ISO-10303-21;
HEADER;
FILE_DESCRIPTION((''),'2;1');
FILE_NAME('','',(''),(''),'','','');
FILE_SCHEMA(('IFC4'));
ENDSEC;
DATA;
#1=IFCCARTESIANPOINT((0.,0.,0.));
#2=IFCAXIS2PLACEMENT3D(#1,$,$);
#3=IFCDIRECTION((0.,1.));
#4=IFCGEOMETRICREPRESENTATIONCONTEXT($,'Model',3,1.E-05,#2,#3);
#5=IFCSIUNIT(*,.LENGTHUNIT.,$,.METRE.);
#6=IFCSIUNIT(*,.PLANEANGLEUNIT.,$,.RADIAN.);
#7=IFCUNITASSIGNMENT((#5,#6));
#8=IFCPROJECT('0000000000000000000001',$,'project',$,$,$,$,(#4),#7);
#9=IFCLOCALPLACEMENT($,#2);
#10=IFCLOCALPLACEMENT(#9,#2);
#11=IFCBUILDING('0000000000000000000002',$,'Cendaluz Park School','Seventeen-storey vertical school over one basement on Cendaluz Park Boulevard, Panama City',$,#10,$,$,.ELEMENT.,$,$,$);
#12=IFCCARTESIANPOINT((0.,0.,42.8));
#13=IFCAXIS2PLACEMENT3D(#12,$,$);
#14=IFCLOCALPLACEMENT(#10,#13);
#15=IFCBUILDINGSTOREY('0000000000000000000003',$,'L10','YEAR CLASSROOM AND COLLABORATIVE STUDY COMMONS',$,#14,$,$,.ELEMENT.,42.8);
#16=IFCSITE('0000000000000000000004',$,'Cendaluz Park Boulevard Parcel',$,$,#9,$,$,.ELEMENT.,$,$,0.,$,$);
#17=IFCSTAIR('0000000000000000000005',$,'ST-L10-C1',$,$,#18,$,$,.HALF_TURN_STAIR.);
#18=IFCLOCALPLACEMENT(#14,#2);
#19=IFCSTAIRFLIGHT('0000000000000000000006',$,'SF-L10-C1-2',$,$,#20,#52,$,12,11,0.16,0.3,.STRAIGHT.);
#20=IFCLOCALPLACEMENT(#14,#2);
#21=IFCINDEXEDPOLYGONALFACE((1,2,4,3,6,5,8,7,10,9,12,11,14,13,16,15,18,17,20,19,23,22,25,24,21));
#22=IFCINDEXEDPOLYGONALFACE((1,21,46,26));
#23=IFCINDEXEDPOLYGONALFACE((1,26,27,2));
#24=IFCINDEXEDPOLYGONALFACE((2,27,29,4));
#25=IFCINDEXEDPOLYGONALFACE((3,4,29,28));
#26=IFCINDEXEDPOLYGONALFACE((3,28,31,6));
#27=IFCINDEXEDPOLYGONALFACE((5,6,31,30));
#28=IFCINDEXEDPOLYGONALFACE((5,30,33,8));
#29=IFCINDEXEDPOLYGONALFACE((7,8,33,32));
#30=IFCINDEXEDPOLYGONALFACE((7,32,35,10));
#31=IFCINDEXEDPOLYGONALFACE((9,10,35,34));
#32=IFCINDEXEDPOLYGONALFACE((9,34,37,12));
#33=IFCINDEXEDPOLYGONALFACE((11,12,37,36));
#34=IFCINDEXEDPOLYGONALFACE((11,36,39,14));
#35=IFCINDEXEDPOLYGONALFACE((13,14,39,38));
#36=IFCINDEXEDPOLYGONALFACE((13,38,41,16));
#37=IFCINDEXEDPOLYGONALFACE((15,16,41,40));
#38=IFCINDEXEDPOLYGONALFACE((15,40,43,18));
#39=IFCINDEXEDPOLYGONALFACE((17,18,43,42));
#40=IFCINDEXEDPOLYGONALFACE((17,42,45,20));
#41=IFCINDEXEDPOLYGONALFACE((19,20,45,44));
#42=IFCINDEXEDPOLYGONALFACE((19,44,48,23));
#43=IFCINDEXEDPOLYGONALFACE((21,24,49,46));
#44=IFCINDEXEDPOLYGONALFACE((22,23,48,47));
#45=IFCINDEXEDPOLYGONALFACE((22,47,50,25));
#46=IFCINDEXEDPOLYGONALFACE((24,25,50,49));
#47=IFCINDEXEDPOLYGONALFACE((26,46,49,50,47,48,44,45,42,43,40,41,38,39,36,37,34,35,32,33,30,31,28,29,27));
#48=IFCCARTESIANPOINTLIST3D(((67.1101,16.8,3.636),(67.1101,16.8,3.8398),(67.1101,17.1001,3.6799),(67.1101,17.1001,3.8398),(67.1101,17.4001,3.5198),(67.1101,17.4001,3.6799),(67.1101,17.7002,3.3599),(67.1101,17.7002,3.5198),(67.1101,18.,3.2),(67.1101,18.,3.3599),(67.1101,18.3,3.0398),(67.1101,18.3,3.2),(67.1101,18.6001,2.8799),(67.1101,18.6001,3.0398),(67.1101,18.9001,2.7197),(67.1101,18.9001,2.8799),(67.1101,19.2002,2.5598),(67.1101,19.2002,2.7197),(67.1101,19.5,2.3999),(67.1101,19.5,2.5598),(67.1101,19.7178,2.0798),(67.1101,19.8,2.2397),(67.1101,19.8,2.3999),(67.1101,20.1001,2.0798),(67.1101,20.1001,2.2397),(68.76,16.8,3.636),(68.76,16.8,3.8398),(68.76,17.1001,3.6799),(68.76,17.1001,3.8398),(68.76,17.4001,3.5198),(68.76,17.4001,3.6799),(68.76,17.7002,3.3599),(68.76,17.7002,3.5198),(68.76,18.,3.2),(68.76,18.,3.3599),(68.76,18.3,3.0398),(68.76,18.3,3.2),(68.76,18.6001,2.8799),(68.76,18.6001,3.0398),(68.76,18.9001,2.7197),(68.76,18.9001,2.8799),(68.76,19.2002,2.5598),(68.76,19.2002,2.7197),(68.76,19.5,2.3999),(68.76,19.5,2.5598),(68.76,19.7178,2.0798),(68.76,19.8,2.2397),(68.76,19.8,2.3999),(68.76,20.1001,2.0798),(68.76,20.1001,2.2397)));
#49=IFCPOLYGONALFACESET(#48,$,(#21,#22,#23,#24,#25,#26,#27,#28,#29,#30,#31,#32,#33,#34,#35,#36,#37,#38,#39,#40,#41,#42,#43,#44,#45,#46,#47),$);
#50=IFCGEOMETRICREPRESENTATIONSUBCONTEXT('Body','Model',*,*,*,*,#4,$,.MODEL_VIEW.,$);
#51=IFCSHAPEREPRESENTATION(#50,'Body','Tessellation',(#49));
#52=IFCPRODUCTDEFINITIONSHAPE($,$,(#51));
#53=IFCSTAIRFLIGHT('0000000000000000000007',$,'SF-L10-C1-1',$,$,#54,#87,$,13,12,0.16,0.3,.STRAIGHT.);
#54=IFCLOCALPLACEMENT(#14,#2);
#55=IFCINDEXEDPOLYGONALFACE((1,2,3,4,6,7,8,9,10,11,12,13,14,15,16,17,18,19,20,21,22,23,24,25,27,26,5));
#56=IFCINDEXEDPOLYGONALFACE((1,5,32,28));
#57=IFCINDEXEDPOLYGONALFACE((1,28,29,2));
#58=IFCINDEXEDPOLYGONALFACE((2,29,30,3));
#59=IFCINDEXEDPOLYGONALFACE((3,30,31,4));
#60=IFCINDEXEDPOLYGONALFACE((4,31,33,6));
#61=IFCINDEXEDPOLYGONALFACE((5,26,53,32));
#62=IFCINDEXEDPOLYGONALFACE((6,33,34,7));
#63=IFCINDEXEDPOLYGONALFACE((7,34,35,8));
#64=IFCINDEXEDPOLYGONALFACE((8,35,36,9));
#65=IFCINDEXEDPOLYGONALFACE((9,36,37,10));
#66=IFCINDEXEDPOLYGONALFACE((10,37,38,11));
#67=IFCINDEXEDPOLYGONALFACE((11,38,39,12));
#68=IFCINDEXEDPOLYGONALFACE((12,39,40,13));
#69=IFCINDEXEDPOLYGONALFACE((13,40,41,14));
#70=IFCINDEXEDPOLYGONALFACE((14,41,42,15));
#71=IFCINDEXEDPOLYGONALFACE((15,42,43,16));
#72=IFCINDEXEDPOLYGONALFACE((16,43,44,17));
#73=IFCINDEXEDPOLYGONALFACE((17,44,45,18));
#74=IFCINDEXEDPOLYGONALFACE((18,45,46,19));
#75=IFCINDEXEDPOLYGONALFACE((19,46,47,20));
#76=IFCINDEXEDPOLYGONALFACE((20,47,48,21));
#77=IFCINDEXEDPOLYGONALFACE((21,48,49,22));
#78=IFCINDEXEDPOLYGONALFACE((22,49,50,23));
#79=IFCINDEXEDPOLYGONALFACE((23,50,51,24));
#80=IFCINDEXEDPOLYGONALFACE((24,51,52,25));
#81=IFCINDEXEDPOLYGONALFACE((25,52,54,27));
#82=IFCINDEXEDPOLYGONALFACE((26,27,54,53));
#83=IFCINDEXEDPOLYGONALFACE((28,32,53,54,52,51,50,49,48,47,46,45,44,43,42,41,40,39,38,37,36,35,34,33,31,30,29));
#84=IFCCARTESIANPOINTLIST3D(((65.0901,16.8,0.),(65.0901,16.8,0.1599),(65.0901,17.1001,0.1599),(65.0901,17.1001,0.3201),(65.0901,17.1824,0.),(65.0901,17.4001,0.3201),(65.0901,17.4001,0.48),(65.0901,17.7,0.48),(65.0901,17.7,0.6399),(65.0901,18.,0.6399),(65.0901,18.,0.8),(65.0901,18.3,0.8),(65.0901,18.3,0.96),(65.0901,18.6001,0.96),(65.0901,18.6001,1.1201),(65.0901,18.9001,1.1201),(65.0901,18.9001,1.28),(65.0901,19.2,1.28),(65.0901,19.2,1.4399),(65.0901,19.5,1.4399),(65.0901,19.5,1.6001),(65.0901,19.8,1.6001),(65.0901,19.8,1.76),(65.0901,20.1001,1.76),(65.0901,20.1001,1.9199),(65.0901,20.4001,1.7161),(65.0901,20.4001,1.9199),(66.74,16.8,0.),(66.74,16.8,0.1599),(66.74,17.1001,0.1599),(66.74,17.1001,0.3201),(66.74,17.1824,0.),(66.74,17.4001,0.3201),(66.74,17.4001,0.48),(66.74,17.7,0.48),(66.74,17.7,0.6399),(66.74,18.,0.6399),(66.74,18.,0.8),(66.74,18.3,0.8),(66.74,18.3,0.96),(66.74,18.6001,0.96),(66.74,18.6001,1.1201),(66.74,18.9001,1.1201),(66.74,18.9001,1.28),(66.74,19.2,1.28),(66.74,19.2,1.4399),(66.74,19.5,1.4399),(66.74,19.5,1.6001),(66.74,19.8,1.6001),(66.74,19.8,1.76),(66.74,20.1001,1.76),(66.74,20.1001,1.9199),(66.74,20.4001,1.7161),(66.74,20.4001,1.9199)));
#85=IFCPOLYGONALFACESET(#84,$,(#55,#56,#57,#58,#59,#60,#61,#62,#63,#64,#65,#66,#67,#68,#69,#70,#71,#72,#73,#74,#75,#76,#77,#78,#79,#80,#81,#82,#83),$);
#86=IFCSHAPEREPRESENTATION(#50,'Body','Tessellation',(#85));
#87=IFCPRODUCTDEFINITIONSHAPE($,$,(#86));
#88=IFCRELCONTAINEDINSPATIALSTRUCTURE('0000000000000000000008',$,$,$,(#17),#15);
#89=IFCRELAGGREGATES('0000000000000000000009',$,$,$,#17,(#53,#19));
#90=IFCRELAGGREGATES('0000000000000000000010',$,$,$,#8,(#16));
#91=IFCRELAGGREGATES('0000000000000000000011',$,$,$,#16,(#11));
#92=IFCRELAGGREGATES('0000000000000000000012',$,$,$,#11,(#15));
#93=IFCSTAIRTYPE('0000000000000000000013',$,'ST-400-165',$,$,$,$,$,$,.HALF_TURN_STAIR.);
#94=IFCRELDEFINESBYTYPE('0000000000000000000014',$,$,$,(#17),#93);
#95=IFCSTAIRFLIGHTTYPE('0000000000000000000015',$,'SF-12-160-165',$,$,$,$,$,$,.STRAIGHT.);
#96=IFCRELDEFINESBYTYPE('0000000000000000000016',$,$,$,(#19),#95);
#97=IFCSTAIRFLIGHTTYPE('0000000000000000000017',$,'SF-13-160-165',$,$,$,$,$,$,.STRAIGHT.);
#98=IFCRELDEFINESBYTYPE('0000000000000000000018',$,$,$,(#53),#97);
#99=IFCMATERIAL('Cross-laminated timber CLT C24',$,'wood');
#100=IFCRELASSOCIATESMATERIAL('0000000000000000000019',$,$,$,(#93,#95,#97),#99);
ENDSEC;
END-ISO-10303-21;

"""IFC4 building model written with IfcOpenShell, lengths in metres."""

from ifc_helpers import new_model, si_unit, direction, frame, origin, place, context, subcontext, project, spatial, polyline, outline, extrude, material, type_object, element, aggregate, save


model = new_model("IFC4")

# Units and contexts
model_context = context("Model", 3, precision=1e-05, world=origin(), true_north=direction((0.0, 1.0)))
body_context = subcontext(model_context, "Body", "Model", "MODEL_VIEW")
ifc_project = project(units=[si_unit("LENGTHUNIT", "METRE"), si_unit("PLANEANGLEUNIT", "RADIAN")], contexts=[model_context])

# Site, building, storey
site_placement = place(None, origin())
site = spatial("IfcSite", under=ifc_project, at=site_placement, Name="Cendaluz Park Boulevard Parcel", CompositionType="ELEMENT", RefElevation=0.0)
building_placement = place(site_placement, origin())
building = spatial("IfcBuilding", under=site, at=building_placement, Name="Cendaluz Park School", Description="Seventeen-storey vertical school over one basement on Cendaluz Park Boulevard, Panama City", CompositionType="ELEMENT")
storey_placement = place(building_placement, frame((0.0, 0.0, 42.8)))
storey = spatial("IfcBuildingStorey", under=building, at=storey_placement, Name="L10", Description="YEAR CLASSROOM AND COLLABORATIVE STUDY COMMONS", CompositionType="ELEMENT", Elevation=42.8)

# Shared definitions
ifc_material_1 = material(Name="Cross-laminated timber CLT C24", Category="wood")

# Stair, stair flights
stair_type = type_object("IfcStairType", Name="ST-400-165", PredefinedType="HALF_TURN_STAIR", material=ifc_material_1)
stair_placement = place(storey_placement, origin())
stair = element("IfcStair", 1, at=stair_placement, inside=storey, type_object=stair_type, Name="ST-L10-C1", PredefinedType="HALF_TURN_STAIR")
stair_flight_type_1 = type_object("IfcStairFlightType", Name="SF-12-160-165", PredefinedType="STRAIGHT", material=ifc_material_1)
stair_flight_1_placement = place(storey_placement, frame((67.9351, 20.1001, 2.0798), z_axis=(0.0, 0.0, 1.0), x_axis=(0.0, -1.0, 0.0)))
stair_flight_1 = element("IfcStairFlight", 2, at=stair_flight_1_placement, type_object=stair_flight_type_1, Name="SF-L10-C1-2", NumberOfRisers=12, NumberOfTreads=11, PredefinedType="STRAIGHT", RiserHeight=0.16, TreadLength=0.3, context=body_context, shape_type="SweptSolid", body=[
    extrude(outline(polyline([(0.0, 0.0), (0.0, 0.1599), (0.3, 0.1599), (0.3, 0.3201), (0.6001, 0.3201), (0.6001, 0.48), (0.8999, 0.48), (0.8999, 0.6399), (1.2, 0.6399), (1.2, 0.8), (1.5, 0.8), (1.5, 0.96), (1.8, 0.96), (1.8, 1.1201), (2.1001, 1.1201), (2.1001, 1.28), (2.3999, 1.28), (2.3999, 1.4399), (2.7, 1.4399), (2.7, 1.6001), (3.0, 1.6001), (3.0, 1.76), (3.3, 1.76), (3.3, 1.9199), (3.3, 1.5562), (0.3823, 0.0), (0.0, 0.0)])), frame((0.0, 0.825, 0.0), z_axis=(0.0, -1.0, 0.0), x_axis=(1.0, 0.0, 0.0)), (0.0, 0.0, 1.0), 1.6499),
])
stair_flight_type_2 = type_object("IfcStairFlightType", Name="SF-13-160-165", PredefinedType="STRAIGHT", material=ifc_material_1)
stair_flight_2_placement = place(storey_placement, frame((65.915, 16.8, 0.0), z_axis=(0.0, 0.0, 1.0), x_axis=(0.0, 1.0, 0.0)))
stair_flight_2 = element("IfcStairFlight", 3, at=stair_flight_2_placement, type_object=stair_flight_type_2, Name="SF-L10-C1-1", NumberOfRisers=13, NumberOfTreads=12, PredefinedType="STRAIGHT", RiserHeight=0.16, TreadLength=0.3, context=body_context, shape_type="SweptSolid", body=[
    extrude(outline(polyline([(0.0, 0.0), (0.0, 0.1599), (0.3, 0.1599), (0.3, 0.3201), (0.6001, 0.3201), (0.6001, 0.48), (0.8999, 0.48), (0.8999, 0.6399), (1.2, 0.6399), (1.2, 0.8), (1.5, 0.8), (1.5, 0.96), (1.8, 0.96), (1.8, 1.1201), (2.1001, 1.1201), (2.1001, 1.28), (2.3999, 1.28), (2.3999, 1.4399), (2.7, 1.4399), (2.7, 1.6001), (3.0, 1.6001), (3.0, 1.76), (3.3, 1.76), (3.3, 1.9199), (3.6001, 1.9199), (3.6001, 2.0801), (3.6001, 1.7161), (0.3823, 0.0), (0.0, 0.0)])), frame((0.0, 0.825, 0.0), z_axis=(0.0, -1.0, 0.0), x_axis=(1.0, 0.0, 0.0)), (0.0, 0.0, 1.0), 1.6499),
])
aggregate(stair, [stair_flight_2, stair_flight_1])

save(model, "model.ifc")
